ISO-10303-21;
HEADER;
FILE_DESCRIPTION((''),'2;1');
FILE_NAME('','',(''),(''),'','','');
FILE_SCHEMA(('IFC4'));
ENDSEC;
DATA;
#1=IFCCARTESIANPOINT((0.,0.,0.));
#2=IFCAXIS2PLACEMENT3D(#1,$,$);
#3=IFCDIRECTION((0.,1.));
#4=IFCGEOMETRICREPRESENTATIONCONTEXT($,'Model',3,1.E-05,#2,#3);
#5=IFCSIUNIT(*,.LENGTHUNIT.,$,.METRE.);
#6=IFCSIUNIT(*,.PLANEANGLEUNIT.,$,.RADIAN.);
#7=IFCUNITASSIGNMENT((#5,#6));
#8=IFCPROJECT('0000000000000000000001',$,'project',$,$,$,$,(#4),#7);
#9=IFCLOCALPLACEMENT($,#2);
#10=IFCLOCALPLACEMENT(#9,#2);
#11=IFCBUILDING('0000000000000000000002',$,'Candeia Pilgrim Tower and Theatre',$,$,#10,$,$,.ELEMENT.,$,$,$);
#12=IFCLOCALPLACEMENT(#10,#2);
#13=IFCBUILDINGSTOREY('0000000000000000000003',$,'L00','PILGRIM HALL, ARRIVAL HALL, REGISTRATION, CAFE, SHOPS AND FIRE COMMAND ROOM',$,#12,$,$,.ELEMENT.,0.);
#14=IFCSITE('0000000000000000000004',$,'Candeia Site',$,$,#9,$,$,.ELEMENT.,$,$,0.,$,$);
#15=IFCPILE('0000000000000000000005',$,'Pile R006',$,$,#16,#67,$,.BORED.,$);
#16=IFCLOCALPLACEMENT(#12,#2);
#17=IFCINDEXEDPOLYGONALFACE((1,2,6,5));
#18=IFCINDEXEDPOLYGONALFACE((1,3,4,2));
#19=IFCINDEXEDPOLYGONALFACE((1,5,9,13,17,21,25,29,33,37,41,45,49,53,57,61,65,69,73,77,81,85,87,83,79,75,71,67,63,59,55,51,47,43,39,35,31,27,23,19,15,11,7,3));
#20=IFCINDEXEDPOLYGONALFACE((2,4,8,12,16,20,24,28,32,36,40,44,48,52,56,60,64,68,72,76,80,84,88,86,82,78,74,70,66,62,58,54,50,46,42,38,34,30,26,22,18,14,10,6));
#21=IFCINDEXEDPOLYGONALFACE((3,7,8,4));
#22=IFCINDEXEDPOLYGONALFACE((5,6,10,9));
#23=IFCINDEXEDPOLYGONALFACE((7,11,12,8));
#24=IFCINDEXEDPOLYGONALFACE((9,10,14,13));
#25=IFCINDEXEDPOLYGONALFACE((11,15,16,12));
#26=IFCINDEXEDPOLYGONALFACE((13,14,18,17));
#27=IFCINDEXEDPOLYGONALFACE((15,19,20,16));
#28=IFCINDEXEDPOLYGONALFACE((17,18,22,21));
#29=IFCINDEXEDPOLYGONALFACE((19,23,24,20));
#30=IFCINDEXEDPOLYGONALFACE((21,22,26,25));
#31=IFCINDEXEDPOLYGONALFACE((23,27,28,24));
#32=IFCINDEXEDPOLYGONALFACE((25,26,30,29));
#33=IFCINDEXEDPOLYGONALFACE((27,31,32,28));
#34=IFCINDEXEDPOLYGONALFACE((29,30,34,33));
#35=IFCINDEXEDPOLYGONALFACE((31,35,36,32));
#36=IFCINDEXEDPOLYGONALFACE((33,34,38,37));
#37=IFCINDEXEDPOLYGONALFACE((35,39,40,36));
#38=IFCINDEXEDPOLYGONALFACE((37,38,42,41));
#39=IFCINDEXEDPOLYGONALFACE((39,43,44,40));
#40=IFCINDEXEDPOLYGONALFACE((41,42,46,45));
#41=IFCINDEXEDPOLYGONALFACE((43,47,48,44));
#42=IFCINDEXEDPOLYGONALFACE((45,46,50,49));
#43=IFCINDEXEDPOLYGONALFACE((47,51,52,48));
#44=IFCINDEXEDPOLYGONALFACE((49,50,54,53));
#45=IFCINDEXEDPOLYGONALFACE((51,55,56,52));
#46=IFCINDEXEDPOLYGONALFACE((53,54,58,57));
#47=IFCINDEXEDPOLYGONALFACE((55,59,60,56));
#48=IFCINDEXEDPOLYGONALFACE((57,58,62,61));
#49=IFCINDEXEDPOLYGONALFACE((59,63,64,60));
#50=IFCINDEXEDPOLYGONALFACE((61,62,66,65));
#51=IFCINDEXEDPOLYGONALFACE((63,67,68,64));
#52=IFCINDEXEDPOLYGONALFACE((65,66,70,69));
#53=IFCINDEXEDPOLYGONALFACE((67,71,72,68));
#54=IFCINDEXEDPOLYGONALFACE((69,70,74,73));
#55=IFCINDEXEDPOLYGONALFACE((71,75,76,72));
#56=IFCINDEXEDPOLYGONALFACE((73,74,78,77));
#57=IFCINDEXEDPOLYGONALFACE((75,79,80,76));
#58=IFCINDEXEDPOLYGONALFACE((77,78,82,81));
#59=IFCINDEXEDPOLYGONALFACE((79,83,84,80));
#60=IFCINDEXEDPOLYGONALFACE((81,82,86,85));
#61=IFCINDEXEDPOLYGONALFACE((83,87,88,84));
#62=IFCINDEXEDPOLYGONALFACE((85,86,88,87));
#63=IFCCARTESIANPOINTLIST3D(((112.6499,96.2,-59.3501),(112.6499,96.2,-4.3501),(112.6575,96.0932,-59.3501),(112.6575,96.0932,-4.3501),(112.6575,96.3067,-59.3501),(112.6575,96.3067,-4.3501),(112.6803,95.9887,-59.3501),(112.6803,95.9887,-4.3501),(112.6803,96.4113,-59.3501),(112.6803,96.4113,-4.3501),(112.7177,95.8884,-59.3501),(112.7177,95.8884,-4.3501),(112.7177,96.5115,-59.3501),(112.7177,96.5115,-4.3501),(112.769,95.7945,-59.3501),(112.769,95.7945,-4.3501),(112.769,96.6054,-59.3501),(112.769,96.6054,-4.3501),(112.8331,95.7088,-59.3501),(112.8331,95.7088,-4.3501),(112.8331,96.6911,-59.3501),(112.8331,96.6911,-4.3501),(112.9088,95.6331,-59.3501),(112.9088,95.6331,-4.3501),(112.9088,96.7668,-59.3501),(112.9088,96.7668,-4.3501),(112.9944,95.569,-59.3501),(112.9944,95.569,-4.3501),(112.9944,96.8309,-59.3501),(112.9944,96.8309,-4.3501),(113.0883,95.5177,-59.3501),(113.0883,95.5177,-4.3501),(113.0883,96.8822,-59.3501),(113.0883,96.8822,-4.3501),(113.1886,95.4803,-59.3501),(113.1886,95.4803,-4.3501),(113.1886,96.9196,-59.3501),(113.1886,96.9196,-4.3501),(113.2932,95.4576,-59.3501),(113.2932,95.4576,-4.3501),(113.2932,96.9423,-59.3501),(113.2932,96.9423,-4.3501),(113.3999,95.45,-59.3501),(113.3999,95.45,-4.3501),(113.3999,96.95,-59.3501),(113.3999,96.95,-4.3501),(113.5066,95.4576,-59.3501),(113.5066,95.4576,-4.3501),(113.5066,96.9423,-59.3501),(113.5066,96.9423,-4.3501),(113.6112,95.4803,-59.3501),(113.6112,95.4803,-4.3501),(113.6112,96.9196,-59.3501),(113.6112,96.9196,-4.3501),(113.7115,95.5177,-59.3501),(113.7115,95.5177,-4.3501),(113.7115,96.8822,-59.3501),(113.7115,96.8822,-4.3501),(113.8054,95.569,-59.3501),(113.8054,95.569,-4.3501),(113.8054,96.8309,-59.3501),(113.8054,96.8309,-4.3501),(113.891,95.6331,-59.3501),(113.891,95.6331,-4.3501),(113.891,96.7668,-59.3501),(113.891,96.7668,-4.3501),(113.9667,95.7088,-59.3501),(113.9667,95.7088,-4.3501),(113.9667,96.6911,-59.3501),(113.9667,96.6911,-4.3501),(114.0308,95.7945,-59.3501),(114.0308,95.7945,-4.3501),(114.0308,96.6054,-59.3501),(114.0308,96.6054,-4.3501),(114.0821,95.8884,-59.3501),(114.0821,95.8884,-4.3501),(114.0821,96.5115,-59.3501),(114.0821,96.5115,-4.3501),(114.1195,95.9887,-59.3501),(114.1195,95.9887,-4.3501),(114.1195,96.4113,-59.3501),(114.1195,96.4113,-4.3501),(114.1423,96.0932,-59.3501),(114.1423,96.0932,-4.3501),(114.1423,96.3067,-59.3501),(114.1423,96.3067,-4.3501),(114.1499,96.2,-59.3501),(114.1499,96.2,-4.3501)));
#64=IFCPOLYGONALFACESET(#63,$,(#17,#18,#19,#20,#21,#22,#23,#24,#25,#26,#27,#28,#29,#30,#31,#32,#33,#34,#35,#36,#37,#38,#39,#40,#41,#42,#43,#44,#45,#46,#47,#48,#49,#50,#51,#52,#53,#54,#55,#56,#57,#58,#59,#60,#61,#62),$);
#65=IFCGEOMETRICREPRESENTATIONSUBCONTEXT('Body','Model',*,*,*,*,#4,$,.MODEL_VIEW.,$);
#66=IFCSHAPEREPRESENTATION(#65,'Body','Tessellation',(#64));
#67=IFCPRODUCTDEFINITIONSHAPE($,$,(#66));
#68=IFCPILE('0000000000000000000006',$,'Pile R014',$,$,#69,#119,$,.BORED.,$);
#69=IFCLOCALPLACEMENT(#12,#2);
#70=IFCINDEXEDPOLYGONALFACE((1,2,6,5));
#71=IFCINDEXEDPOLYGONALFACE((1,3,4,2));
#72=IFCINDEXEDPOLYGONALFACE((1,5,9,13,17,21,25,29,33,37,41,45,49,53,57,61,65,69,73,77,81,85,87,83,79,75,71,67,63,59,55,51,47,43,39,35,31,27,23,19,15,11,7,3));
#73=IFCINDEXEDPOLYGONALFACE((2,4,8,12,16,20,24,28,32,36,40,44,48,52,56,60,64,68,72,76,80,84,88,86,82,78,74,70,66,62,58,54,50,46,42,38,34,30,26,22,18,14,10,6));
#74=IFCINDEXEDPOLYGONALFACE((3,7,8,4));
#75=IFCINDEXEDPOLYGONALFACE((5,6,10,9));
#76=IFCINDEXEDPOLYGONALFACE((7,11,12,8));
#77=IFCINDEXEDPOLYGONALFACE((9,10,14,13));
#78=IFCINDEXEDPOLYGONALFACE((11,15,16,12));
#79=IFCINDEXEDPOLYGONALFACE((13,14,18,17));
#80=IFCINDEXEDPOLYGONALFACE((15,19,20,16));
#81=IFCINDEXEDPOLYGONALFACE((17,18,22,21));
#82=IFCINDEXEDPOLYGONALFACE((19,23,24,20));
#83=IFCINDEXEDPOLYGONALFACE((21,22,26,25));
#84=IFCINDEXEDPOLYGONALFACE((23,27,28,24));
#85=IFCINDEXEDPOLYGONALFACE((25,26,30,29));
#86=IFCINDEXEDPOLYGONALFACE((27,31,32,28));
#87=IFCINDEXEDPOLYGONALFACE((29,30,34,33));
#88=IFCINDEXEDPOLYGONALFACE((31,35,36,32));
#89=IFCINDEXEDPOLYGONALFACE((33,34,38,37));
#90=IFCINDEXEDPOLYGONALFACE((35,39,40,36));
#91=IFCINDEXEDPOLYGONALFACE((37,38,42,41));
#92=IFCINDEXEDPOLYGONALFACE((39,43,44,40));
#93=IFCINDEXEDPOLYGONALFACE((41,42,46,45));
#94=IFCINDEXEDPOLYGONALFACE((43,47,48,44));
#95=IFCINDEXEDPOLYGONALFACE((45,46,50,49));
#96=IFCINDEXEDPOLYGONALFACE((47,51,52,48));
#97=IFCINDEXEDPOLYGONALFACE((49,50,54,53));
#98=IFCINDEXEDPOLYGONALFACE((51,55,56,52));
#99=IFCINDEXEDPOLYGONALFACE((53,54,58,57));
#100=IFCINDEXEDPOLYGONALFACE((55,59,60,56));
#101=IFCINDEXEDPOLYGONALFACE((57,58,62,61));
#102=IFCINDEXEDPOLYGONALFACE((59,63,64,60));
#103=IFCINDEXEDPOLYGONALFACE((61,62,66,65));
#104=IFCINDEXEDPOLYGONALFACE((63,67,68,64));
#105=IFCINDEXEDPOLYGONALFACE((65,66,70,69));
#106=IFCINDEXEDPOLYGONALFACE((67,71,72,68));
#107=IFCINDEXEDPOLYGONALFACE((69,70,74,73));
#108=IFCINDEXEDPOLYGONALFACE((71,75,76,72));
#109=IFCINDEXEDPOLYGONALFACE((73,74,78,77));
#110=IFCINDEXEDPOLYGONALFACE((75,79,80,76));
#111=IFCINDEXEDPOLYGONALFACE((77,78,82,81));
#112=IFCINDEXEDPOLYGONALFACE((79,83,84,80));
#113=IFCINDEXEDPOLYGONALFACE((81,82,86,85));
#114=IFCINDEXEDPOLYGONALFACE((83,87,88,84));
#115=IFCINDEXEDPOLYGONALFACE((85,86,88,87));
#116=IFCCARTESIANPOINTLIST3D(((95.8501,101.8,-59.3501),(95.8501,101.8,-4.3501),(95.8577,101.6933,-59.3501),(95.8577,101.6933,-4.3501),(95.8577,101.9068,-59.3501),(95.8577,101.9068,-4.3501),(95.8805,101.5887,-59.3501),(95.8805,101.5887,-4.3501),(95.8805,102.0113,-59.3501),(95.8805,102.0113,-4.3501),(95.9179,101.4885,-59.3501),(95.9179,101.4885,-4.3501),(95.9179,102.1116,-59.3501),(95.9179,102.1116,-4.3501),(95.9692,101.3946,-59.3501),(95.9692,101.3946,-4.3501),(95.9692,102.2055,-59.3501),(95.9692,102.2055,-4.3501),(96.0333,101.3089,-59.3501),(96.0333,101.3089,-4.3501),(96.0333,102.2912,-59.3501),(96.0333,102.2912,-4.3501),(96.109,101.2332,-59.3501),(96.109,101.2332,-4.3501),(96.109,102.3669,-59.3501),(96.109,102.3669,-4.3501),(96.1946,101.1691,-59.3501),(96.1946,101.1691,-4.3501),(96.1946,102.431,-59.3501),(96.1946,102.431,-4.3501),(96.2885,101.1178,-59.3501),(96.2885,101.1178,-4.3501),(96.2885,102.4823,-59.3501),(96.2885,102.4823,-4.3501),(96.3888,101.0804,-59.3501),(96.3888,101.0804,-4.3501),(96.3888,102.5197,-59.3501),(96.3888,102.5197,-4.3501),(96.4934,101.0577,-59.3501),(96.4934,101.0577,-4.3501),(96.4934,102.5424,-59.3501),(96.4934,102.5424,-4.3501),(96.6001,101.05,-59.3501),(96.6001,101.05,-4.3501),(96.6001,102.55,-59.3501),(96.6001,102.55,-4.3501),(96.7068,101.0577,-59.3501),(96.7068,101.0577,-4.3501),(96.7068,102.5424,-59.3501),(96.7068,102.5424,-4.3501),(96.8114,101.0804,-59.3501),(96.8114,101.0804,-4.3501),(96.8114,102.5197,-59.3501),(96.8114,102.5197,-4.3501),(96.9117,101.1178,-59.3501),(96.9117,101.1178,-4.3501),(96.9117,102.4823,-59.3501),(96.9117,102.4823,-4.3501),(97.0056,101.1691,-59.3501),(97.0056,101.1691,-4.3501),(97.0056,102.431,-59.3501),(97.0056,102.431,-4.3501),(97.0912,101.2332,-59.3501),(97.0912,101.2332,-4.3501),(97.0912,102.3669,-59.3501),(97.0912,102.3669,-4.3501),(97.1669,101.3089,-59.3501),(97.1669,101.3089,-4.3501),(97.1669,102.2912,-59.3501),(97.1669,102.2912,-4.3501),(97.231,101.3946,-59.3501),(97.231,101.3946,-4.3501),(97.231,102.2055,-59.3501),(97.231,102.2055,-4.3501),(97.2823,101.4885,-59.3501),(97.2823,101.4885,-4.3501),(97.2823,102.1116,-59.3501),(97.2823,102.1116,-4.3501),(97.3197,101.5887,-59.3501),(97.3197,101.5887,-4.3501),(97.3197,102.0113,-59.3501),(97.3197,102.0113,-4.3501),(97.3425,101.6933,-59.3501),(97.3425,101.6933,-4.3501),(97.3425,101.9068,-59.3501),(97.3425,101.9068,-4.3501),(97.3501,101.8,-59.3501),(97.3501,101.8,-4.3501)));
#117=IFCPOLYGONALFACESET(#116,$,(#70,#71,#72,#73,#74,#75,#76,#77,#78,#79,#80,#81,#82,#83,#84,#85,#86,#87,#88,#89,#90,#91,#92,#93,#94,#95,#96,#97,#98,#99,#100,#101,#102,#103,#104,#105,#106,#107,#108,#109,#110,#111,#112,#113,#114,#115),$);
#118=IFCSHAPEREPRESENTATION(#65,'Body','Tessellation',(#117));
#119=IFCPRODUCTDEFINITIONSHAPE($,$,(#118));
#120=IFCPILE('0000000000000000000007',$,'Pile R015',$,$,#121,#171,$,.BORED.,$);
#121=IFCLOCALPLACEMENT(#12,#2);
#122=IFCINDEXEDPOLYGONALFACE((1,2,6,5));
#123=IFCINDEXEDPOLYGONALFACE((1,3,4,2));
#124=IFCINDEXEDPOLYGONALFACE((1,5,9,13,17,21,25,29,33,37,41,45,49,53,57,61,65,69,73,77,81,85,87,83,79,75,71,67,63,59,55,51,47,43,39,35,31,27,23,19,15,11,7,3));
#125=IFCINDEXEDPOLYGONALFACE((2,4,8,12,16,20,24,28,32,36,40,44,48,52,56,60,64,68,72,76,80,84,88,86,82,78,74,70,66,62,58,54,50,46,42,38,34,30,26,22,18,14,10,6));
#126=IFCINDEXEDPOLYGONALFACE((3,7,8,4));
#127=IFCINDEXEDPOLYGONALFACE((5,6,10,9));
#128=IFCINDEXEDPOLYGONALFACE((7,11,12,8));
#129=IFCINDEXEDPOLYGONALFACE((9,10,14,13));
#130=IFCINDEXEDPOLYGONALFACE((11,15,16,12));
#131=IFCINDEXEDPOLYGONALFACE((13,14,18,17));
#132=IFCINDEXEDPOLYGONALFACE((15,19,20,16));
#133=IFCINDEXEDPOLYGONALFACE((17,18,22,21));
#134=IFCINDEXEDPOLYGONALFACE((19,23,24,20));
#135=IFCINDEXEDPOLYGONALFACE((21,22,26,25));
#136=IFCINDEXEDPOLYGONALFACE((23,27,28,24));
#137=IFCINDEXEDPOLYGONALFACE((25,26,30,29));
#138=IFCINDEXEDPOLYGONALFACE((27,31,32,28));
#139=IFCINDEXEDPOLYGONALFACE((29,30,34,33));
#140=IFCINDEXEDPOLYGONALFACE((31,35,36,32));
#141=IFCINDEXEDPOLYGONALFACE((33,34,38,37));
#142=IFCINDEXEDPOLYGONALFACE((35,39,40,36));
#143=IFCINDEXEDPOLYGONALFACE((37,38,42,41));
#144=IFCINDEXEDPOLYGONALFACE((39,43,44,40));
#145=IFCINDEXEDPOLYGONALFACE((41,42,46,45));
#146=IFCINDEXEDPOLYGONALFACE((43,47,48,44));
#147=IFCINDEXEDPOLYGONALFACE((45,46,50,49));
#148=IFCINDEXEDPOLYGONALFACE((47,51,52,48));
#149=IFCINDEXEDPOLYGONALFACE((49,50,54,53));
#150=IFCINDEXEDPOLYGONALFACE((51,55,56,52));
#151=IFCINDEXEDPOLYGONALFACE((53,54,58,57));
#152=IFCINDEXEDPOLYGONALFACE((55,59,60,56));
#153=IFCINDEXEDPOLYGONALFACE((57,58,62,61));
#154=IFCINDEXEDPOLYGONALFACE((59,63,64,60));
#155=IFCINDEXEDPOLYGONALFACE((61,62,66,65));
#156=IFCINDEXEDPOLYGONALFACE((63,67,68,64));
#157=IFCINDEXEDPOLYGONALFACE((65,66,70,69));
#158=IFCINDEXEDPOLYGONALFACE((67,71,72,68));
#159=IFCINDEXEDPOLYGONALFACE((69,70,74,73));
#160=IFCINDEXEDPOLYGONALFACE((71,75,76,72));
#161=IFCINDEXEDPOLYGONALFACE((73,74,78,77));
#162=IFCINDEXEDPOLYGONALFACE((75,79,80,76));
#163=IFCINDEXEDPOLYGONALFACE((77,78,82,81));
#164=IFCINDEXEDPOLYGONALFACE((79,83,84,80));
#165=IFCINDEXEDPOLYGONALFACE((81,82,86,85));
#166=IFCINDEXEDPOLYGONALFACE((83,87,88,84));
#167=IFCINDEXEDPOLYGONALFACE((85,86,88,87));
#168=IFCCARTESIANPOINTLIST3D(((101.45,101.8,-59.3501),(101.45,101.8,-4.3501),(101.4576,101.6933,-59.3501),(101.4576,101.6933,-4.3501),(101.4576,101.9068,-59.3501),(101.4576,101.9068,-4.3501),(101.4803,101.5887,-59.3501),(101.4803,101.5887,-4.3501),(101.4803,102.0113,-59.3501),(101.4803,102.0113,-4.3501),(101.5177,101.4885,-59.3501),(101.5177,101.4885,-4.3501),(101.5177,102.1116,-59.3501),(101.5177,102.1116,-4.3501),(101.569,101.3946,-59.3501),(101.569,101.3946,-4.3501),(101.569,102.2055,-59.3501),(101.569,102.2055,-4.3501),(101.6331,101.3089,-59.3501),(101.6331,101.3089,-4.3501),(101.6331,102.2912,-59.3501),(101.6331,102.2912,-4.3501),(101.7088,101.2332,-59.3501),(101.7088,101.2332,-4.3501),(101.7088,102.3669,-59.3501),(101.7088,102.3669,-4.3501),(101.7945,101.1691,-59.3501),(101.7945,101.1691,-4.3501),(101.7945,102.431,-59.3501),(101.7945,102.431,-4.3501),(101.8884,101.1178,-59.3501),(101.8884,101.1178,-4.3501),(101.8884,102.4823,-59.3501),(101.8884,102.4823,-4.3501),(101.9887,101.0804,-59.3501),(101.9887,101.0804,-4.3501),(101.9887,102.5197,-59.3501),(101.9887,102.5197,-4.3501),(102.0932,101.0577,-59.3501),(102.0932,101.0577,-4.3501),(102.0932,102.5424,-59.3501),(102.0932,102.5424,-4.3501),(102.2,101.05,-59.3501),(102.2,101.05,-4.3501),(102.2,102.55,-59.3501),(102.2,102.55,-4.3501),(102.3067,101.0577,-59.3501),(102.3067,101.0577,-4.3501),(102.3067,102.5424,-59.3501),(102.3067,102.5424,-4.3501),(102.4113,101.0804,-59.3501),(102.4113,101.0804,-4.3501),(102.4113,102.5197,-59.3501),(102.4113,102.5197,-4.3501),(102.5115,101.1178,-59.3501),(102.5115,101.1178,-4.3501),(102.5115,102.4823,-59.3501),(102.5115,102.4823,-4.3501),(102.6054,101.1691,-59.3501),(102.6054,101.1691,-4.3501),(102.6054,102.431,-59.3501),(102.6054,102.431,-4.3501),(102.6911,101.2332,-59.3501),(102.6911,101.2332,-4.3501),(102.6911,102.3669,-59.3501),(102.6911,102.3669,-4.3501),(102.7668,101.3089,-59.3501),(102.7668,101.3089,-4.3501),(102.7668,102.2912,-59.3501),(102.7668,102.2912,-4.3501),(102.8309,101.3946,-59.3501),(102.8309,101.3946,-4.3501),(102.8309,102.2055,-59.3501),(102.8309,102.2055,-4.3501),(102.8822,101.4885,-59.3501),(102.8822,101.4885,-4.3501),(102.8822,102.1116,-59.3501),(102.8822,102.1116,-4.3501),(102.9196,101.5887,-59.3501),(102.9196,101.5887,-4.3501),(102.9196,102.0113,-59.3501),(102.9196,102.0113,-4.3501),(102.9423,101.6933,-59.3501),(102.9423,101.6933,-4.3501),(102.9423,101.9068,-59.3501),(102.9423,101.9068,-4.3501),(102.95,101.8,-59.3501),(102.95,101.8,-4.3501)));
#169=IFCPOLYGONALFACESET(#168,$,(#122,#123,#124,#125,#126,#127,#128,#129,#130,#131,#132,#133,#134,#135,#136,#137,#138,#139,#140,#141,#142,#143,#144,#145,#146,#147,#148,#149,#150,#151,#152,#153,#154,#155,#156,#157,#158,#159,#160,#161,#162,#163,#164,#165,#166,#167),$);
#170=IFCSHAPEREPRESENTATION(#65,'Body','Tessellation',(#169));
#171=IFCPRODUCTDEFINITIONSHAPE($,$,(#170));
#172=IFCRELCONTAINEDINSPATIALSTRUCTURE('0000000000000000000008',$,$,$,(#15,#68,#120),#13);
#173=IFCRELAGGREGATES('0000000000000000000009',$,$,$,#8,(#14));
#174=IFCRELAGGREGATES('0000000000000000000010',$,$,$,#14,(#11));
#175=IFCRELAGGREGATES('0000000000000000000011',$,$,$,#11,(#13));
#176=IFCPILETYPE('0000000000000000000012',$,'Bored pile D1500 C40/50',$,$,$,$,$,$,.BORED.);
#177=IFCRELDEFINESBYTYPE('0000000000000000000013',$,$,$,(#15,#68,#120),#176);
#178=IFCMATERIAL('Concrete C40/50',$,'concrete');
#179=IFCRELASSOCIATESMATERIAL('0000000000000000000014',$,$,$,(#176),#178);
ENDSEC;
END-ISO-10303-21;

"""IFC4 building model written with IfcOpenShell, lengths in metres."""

from ifc_helpers import new_model, si_unit, direction, frame, origin, origin_2d, place, context, subcontext, project, spatial, circle, extrude, material, material_profile, profile_set, type_object, element, save


model = new_model("IFC4")

# Units and contexts
model_context = context("Model", 3, precision=1e-05, world=origin(), true_north=direction((0.0, 1.0)))
body_context = subcontext(model_context, "Body", "Model", "MODEL_VIEW")
ifc_project = project(units=[si_unit("LENGTHUNIT", "METRE"), si_unit("PLANEANGLEUNIT", "RADIAN")], contexts=[model_context])

# Site, building, storey
site_placement = place(None, origin())
site = spatial("IfcSite", under=ifc_project, at=site_placement, Name="Candeia Site", CompositionType="ELEMENT", RefElevation=0.0)
building_placement = place(site_placement, origin())
building = spatial("IfcBuilding", under=site, at=building_placement, Name="Candeia Pilgrim Tower and Theatre", CompositionType="ELEMENT")
storey_placement = place(building_placement, origin())
storey = spatial("IfcBuildingStorey", under=building, at=storey_placement, Name="L00", Description="PILGRIM HALL, ARRIVAL HALL, REGISTRATION, CAFE, SHOPS AND FIRE COMMAND ROOM", CompositionType="ELEMENT", Elevation=0.0)

# Piles
ifc_material_1 = material(Name="Concrete C40/50", Category="concrete")
ifc_material_profile_1 = material_profile(ifc_material_1, circle(Radius=0.75, at=origin_2d()))
ifc_profile_set_1 = profile_set([ifc_material_profile_1], Name="Concrete C40/50")
pile_type = type_object("IfcPileType", Name="Bored pile D1500 C40/50", PredefinedType="BORED", material=ifc_profile_set_1)
for number, where, z_axis, x_axis, name in (
    (1, (113.3999, 96.2, -4.3501), (0.0, 0.0, -1.0), (1.0, 0.0, 0.0), "Pile R006"),
    (2, (96.6001, 101.8, -4.3501), (0.0, 0.0, -1.0), (1.0, 0.0, 0.0), "Pile R014"),
    (3, (102.2, 101.8, -4.3501), (0.0, 0.0, -1.0), (1.0, 0.0, 0.0), "Pile R015"),
):
    element("IfcPile", number, at=place(storey_placement, frame(where, z_axis=z_axis, x_axis=x_axis)), inside=storey, type_object=pile_type, Name=name, PredefinedType="BORED", context=body_context, shape_type="SweptSolid", body=[
        extrude(circle(Radius=0.75, at=origin_2d()), origin(), (0.0, 0.0, 1.0), 55.0),
    ])

save(model, "model.ifc")
